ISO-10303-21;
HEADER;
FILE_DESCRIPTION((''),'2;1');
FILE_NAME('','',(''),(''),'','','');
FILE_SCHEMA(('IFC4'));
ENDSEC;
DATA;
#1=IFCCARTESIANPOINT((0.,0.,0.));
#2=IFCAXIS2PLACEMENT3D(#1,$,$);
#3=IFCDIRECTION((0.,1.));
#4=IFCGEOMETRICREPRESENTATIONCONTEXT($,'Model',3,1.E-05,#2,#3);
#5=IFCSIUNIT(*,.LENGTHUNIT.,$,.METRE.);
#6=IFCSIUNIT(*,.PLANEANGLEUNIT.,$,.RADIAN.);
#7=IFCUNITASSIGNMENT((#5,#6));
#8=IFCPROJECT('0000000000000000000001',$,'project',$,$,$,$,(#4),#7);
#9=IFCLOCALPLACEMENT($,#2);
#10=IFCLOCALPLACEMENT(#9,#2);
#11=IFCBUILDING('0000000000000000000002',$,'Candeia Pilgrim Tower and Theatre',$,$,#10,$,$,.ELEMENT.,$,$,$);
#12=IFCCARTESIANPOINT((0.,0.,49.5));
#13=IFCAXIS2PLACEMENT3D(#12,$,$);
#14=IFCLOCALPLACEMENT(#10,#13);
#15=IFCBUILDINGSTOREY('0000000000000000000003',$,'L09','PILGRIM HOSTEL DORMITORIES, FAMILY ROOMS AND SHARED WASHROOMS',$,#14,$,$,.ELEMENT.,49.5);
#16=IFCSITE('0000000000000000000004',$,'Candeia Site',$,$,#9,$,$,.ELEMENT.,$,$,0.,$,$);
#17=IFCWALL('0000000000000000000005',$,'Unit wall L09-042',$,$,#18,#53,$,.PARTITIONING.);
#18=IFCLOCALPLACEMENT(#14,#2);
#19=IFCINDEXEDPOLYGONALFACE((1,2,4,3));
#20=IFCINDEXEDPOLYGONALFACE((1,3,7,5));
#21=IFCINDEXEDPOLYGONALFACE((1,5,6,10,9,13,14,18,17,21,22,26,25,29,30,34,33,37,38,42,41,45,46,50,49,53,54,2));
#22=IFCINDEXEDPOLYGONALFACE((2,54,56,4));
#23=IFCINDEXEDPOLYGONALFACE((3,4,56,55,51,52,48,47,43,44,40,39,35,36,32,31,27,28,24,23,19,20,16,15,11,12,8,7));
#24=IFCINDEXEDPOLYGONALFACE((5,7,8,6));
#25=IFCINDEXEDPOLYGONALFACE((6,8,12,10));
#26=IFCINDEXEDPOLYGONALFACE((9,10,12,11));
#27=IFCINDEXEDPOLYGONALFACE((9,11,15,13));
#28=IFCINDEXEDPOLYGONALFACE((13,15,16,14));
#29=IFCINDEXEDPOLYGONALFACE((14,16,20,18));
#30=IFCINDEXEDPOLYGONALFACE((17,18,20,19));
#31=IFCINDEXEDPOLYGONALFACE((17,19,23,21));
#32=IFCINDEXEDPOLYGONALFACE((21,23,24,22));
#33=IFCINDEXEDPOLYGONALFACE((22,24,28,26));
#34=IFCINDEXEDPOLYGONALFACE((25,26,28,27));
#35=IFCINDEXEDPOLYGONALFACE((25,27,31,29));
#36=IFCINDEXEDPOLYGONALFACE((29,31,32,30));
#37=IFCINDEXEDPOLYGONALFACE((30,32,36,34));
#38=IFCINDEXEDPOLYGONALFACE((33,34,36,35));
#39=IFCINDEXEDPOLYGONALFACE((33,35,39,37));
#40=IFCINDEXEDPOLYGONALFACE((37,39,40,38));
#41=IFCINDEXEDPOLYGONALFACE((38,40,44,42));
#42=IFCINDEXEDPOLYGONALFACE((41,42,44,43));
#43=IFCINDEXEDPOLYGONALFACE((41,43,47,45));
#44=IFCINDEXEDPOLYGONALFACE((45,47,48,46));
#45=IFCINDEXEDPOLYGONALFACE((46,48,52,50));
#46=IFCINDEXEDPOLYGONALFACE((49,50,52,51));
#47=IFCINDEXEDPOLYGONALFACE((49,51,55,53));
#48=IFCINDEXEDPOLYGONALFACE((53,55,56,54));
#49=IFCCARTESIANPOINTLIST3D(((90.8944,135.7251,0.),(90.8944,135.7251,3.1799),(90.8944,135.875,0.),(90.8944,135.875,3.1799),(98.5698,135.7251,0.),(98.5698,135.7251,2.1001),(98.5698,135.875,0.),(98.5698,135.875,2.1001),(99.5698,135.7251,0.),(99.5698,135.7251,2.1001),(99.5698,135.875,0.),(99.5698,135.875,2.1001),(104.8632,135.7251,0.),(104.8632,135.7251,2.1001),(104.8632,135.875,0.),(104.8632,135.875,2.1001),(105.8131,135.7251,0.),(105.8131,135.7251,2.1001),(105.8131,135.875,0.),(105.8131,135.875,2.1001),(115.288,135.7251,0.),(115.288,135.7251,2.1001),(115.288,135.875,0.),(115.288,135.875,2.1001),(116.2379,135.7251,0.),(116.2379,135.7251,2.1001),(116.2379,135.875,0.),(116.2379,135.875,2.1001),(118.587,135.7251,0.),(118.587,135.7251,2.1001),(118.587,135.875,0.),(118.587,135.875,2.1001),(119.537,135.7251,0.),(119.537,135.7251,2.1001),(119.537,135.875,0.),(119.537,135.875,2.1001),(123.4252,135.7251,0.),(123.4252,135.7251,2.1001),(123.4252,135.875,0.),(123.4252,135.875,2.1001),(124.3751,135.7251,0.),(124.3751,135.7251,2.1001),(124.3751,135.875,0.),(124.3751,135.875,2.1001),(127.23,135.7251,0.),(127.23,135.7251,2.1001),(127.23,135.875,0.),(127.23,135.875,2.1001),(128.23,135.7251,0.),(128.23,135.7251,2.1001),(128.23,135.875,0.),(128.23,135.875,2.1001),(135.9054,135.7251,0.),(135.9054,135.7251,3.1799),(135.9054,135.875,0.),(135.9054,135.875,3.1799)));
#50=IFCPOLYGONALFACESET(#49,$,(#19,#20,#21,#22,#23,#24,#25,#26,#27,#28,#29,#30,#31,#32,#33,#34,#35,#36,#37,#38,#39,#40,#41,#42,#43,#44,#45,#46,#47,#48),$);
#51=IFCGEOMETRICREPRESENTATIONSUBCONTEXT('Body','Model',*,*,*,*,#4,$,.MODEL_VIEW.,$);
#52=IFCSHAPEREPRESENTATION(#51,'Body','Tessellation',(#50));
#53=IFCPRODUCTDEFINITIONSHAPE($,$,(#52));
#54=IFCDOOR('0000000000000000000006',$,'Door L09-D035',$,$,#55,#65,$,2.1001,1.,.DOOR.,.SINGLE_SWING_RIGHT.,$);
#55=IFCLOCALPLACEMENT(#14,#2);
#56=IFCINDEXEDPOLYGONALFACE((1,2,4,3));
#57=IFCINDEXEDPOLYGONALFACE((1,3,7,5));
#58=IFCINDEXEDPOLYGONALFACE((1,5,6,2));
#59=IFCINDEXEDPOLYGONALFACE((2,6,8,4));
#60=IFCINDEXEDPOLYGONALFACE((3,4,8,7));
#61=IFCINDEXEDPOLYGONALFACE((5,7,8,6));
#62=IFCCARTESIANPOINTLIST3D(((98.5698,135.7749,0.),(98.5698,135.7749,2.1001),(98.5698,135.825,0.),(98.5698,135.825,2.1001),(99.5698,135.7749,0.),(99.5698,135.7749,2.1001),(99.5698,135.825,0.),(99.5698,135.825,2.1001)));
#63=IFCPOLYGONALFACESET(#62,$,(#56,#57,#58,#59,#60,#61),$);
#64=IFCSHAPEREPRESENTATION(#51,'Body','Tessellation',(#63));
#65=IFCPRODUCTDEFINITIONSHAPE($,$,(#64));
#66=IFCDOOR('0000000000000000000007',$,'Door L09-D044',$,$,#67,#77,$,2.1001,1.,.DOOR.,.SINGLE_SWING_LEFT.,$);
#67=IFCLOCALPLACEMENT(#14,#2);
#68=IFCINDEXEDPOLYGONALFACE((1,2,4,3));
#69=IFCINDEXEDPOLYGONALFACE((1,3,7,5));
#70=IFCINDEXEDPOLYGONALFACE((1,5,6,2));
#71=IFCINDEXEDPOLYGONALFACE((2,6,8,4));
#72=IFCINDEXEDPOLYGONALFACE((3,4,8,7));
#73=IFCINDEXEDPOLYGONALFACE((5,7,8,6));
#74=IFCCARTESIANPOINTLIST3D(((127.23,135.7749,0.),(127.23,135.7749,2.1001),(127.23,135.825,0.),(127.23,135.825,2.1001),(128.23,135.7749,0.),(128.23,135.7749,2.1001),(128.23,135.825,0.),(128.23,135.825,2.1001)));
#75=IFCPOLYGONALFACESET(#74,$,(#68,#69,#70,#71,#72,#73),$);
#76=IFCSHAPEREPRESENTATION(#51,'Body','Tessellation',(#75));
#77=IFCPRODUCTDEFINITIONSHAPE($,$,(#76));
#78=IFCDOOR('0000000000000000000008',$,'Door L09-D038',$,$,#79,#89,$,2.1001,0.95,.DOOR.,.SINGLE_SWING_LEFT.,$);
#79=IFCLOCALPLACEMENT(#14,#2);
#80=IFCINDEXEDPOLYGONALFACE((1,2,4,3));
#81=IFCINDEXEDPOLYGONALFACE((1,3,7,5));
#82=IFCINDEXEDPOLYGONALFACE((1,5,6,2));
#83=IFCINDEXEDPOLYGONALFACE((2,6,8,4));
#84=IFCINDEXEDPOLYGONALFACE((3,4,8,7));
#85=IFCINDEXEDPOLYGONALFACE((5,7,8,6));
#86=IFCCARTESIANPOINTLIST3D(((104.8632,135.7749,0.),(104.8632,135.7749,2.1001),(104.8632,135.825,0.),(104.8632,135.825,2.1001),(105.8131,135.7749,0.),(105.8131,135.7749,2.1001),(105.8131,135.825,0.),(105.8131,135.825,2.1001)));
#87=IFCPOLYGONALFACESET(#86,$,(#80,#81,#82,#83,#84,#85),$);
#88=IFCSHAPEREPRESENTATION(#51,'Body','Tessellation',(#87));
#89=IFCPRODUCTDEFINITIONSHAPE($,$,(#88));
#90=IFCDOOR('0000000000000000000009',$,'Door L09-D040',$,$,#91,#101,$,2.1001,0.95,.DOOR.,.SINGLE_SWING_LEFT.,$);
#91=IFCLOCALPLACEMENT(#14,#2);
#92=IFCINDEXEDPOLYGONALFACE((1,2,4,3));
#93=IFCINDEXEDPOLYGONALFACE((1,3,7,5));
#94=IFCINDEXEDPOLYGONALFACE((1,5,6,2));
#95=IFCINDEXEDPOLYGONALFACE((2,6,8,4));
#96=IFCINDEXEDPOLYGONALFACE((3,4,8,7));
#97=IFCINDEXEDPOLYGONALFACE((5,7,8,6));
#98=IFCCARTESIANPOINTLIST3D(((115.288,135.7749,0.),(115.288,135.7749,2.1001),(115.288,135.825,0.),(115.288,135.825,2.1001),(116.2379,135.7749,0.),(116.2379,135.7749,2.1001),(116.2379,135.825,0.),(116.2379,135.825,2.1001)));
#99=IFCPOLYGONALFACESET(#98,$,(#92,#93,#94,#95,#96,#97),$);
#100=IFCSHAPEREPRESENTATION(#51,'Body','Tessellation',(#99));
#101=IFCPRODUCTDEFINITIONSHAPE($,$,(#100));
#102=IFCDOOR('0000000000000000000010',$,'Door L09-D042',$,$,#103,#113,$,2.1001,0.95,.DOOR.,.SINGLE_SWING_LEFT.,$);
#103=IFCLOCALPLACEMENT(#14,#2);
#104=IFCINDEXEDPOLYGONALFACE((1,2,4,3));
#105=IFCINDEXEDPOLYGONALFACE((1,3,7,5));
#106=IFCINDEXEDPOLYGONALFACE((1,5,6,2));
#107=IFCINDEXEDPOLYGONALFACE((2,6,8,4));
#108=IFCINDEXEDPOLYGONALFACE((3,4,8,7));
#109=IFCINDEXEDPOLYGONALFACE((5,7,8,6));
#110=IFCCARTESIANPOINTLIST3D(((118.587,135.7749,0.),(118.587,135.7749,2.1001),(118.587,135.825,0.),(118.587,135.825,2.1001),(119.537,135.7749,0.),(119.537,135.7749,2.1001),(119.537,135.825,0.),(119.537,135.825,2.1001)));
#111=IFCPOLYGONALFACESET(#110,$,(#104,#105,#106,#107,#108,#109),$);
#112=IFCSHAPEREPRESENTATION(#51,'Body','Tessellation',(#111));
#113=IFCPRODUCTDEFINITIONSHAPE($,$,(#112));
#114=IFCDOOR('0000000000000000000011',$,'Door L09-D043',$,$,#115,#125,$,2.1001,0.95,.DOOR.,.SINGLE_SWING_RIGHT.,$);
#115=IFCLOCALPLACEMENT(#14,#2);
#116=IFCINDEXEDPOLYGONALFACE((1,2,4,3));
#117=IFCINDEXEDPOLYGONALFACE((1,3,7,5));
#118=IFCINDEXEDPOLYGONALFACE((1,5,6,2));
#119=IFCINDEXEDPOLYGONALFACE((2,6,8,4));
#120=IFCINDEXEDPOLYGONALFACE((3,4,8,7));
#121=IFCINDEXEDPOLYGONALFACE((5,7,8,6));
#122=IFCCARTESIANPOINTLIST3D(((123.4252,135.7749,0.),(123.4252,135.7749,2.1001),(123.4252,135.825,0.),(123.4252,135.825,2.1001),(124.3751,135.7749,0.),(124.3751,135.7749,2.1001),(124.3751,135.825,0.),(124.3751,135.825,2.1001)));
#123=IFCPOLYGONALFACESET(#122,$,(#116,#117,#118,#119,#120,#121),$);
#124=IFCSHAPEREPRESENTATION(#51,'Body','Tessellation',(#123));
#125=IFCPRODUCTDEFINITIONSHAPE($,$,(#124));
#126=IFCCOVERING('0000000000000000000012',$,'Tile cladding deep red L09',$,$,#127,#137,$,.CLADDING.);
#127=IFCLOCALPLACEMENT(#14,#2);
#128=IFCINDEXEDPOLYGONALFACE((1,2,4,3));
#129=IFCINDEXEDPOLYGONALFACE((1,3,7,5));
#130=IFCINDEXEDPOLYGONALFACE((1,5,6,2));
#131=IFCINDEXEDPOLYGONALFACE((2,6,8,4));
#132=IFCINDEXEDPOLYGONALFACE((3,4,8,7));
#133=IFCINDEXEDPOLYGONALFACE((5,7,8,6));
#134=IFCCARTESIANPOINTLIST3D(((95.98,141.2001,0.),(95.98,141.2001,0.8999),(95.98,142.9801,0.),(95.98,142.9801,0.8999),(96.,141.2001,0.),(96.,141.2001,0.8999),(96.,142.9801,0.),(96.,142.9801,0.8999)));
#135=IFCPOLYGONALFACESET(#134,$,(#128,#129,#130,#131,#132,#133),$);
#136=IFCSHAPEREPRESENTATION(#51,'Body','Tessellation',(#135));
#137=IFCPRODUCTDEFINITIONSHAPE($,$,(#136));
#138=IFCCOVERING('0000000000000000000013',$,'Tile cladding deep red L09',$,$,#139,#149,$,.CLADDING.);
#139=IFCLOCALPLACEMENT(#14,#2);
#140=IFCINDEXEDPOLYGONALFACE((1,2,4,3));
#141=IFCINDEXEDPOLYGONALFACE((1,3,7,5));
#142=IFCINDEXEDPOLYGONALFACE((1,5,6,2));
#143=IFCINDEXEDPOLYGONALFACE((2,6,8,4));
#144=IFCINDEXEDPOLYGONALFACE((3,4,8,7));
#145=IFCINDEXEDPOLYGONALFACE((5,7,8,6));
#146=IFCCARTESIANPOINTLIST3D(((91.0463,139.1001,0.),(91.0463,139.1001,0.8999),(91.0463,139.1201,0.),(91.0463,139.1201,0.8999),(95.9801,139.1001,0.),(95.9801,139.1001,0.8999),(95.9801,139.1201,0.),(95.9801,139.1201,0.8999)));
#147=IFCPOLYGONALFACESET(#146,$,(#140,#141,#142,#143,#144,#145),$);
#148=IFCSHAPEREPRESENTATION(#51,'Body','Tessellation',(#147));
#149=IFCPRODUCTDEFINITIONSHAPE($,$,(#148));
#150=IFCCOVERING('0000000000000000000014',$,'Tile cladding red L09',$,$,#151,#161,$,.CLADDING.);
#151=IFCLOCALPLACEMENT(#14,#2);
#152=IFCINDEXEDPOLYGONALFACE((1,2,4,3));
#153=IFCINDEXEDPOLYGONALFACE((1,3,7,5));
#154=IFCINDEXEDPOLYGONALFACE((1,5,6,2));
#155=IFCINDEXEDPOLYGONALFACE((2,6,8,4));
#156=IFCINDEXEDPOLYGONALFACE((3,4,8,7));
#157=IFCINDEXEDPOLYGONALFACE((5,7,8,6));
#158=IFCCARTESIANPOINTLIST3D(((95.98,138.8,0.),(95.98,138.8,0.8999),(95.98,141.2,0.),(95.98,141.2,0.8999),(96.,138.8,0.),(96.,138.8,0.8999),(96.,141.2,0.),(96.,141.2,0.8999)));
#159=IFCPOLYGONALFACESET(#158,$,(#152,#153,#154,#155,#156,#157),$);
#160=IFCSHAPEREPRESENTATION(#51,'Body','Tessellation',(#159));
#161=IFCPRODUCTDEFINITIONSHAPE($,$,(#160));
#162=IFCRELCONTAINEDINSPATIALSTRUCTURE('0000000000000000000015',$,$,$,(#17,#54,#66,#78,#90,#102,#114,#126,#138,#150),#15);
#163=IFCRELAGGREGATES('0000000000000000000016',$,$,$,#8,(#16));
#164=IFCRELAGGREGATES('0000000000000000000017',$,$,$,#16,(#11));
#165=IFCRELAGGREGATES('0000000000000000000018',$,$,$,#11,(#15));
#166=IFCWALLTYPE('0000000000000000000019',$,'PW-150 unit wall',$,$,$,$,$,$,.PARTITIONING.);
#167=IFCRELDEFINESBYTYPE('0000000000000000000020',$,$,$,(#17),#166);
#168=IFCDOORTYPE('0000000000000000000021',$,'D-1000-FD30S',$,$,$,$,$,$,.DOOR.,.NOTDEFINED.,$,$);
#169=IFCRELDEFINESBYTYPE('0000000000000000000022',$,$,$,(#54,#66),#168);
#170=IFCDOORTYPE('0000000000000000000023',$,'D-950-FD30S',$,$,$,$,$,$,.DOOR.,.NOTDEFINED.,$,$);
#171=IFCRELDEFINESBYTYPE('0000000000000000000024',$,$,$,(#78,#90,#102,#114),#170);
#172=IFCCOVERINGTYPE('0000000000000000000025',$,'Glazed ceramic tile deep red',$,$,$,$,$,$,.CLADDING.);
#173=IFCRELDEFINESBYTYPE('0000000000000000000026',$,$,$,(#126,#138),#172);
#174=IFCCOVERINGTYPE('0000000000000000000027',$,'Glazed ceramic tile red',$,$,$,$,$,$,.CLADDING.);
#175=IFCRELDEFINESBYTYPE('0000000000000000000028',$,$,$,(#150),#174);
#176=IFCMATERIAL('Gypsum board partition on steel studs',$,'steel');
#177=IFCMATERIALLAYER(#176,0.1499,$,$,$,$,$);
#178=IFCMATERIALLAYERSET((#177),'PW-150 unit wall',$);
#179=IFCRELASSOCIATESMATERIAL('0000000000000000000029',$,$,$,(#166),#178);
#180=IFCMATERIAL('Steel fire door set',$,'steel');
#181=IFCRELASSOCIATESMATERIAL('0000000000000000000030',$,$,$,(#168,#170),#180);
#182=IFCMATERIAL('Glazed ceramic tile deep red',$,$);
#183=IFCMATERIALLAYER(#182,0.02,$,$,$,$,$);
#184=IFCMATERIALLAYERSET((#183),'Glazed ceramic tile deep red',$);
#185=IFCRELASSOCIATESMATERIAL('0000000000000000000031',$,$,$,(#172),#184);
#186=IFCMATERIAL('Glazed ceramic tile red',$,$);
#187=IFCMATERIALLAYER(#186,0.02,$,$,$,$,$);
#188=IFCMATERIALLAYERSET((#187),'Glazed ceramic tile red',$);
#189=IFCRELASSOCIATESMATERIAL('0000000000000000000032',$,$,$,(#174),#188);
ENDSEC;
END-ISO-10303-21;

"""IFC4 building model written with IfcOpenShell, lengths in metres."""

from ifc_helpers import new_model, si_unit, direction, frame, frame_2d, origin, origin_2d, place, context, subcontext, project, spatial, rectangle, extrude, material, layer, layer_set, type_object, element, fill, save


model = new_model("IFC4")

# Units and contexts
model_context = context("Model", 3, precision=1e-05, world=origin(), true_north=direction((0.0, 1.0)))
body_context = subcontext(model_context, "Body", "Model", "MODEL_VIEW")
ifc_project = project(units=[si_unit("LENGTHUNIT", "METRE"), si_unit("PLANEANGLEUNIT", "RADIAN")], contexts=[model_context])

# Site, building, storey
site_placement = place(None, origin())
site = spatial("IfcSite", under=ifc_project, at=site_placement, Name="Candeia Site", CompositionType="ELEMENT", RefElevation=0.0)
building_placement = place(site_placement, origin())
building = spatial("IfcBuilding", under=site, at=building_placement, Name="Candeia Pilgrim Tower and Theatre", CompositionType="ELEMENT")
storey_placement = place(building_placement, frame((0.0, 0.0, 49.5)))
storey = spatial("IfcBuildingStorey", under=building, at=storey_placement, Name="L09", Description="PILGRIM HOSTEL DORMITORIES, FAMILY ROOMS AND SHARED WASHROOMS", CompositionType="ELEMENT", Elevation=49.5)

# Shared definitions
ifc_material_1 = material(Name="Gypsum board partition on steel studs", Category="steel")

# Wall, openings, doors
ifc_layer_1 = layer(ifc_material_1, 0.1499)
ifc_layer_set_1 = layer_set([ifc_layer_1], Name="PW-150 unit wall")
wall_type_1 = type_object("IfcWallType", Name="PW-150 unit wall", PredefinedType="PARTITIONING", material=ifc_layer_set_1)
wall_1_placement = place(storey_placement, frame((90.8945, 135.8, 0.0), z_axis=(0.0, 0.0, 1.0), x_axis=(1.0, 0.0, 0.0)))
wall_1 = element("IfcWall", 1, at=wall_1_placement, inside=storey, type_object=wall_type_1, Name="Unit wall L09-042", PredefinedType="PARTITIONING", context=body_context, shape_type="SweptSolid", body=[
    extrude(rectangle(XDim=45.011, YDim=0.1499, at=frame_2d((22.5054, 0.0))), origin(), (0.0, 0.0, 1.0), 3.1799),
])
opening_1_placement = place(wall_1_placement, frame((7.6753, 0.0, 0.0)))
opening_1 = element("IfcOpeningElement", 2, at=opening_1_placement, cuts=wall_1, PredefinedType="OPENING", context=body_context, shape_type="SweptSolid", body=[
    extrude(rectangle(XDim=1.0, YDim=2.1001, at=frame_2d((0.5, 1.05))), frame((0.0, 0.085, 0.0), z_axis=(0.0, -1.0, 0.0), x_axis=(1.0, 0.0, 0.0)), (0.0, 0.0, 1.0), 0.1699),
])
opening_2_placement = place(wall_1_placement, frame((13.9685, 0.0, 0.0)))
opening_2 = element("IfcOpeningElement", 3, at=opening_2_placement, cuts=wall_1, PredefinedType="OPENING", context=body_context, shape_type="SweptSolid", body=[
    extrude(rectangle(XDim=0.95, YDim=2.1001, at=frame_2d((0.4751, 1.05))), frame((0.0, 0.085, 0.0), z_axis=(0.0, -1.0, 0.0), x_axis=(1.0, 0.0, 0.0)), (0.0, 0.0, 1.0), 0.1699),
])
opening_3_placement = place(wall_1_placement, frame((24.3933, 0.0, 0.0)))
opening_3 = element("IfcOpeningElement", 4, at=opening_3_placement, cuts=wall_1, PredefinedType="OPENING", context=body_context, shape_type="SweptSolid", body=[
    extrude(rectangle(XDim=0.95, YDim=2.1001, at=frame_2d((0.4751, 1.05))), frame((0.0, 0.085, 0.0), z_axis=(0.0, -1.0, 0.0), x_axis=(1.0, 0.0, 0.0)), (0.0, 0.0, 1.0), 0.1699),
])
opening_4_placement = place(wall_1_placement, frame((27.6924, 0.0, 0.0)))
opening_4 = element("IfcOpeningElement", 5, at=opening_4_placement, cuts=wall_1, PredefinedType="OPENING", context=body_context, shape_type="SweptSolid", body=[
    extrude(rectangle(XDim=0.95, YDim=2.1001, at=frame_2d((0.4751, 1.05))), frame((0.0, 0.085, 0.0), z_axis=(0.0, -1.0, 0.0), x_axis=(1.0, 0.0, 0.0)), (0.0, 0.0, 1.0), 0.1699),
])
opening_5_placement = place(wall_1_placement, frame((32.5305, 0.0, 0.0)))
opening_5 = element("IfcOpeningElement", 6, at=opening_5_placement, cuts=wall_1, PredefinedType="OPENING", context=body_context, shape_type="SweptSolid", body=[
    extrude(rectangle(XDim=0.95, YDim=2.1001, at=frame_2d((0.4751, 1.05))), frame((0.0, 0.085, 0.0), z_axis=(0.0, -1.0, 0.0), x_axis=(1.0, 0.0, 0.0)), (0.0, 0.0, 1.0), 0.1699),
])
opening_6_placement = place(wall_1_placement, frame((36.3354, 0.0, 0.0)))
opening_6 = element("IfcOpeningElement", 7, at=opening_6_placement, cuts=wall_1, PredefinedType="OPENING", context=body_context, shape_type="SweptSolid", body=[
    extrude(rectangle(XDim=1.0, YDim=2.1001, at=frame_2d((0.5, 1.05))), frame((0.0, 0.085, 0.0), z_axis=(0.0, -1.0, 0.0), x_axis=(1.0, 0.0, 0.0)), (0.0, 0.0, 1.0), 0.1699),
])
ifc_material_2 = material(Name="Steel fire door set", Category="steel")
door_type_1 = type_object("IfcDoorType", Name="D-1000-FD30S", OperationType="NOTDEFINED", PredefinedType="DOOR", material=ifc_material_2)
door_1_placement = place(opening_1_placement, origin())
door_1 = element("IfcDoor", 8, at=door_1_placement, inside=storey, type_object=door_type_1, Name="Door L09-D035", OperationType="SINGLE_SWING_RIGHT", OverallHeight=2.1001, OverallWidth=1.0, PredefinedType="DOOR", context=body_context, shape_type="SweptSolid", body=[
    extrude(rectangle(XDim=1.0, YDim=2.1001, at=frame_2d((0.5, 1.05))), frame((0.0, 0.0249, 0.0), z_axis=(0.0, -1.0, 0.0), x_axis=(1.0, 0.0, 0.0)), (0.0, 0.0, 1.0), 0.05),
])
fill(opening_1, door_1)
door_2_placement = place(opening_6_placement, origin())
door_2 = element("IfcDoor", 9, at=door_2_placement, inside=storey, type_object=door_type_1, Name="Door L09-D044", OperationType="SINGLE_SWING_LEFT", OverallHeight=2.1001, OverallWidth=1.0, PredefinedType="DOOR", context=body_context, shape_type="SweptSolid", body=[
    extrude(rectangle(XDim=1.0, YDim=2.1001, at=frame_2d((0.5, 1.05))), frame((0.0, 0.0249, 0.0), z_axis=(0.0, -1.0, 0.0), x_axis=(1.0, 0.0, 0.0)), (0.0, 0.0, 1.0), 0.05),
])
fill(opening_6, door_2)
door_type_2 = type_object("IfcDoorType", Name="D-950-FD30S", OperationType="NOTDEFINED", PredefinedType="DOOR", material=ifc_material_2)
door_3_placement = place(opening_2_placement, origin())
door_3 = element("IfcDoor", 10, at=door_3_placement, inside=storey, type_object=door_type_2, Name="Door L09-D038", OperationType="SINGLE_SWING_LEFT", OverallHeight=2.1001, OverallWidth=0.95, PredefinedType="DOOR", context=body_context, shape_type="SweptSolid", body=[
    extrude(rectangle(XDim=0.95, YDim=2.1001, at=frame_2d((0.4751, 1.05))), frame((0.0, 0.0249, 0.0), z_axis=(0.0, -1.0, 0.0), x_axis=(1.0, 0.0, 0.0)), (0.0, 0.0, 1.0), 0.05),
])
fill(opening_2, door_3)
door_4_placement = place(opening_3_placement, origin())
door_4 = element("IfcDoor", 11, at=door_4_placement, inside=storey, type_object=door_type_2, Name="Door L09-D040", OperationType="SINGLE_SWING_LEFT", OverallHeight=2.1001, OverallWidth=0.95, PredefinedType="DOOR", context=body_context, shape_type="SweptSolid", body=[
    extrude(rectangle(XDim=0.95, YDim=2.1001, at=frame_2d((0.4751, 1.05))), frame((0.0, 0.0249, 0.0), z_axis=(0.0, -1.0, 0.0), x_axis=(1.0, 0.0, 0.0)), (0.0, 0.0, 1.0), 0.05),
])
fill(opening_3, door_4)
door_5_placement = place(opening_4_placement, origin())
door_5 = element("IfcDoor", 12, at=door_5_placement, inside=storey, type_object=door_type_2, Name="Door L09-D042", OperationType="SINGLE_SWING_LEFT", OverallHeight=2.1001, OverallWidth=0.95, PredefinedType="DOOR", context=body_context, shape_type="SweptSolid", body=[
    extrude(rectangle(XDim=0.95, YDim=2.1001, at=frame_2d((0.4751, 1.05))), frame((0.0, 0.0249, 0.0), z_axis=(0.0, -1.0, 0.0), x_axis=(1.0, 0.0, 0.0)), (0.0, 0.0, 1.0), 0.05),
])
fill(opening_4, door_5)
door_6_placement = place(opening_5_placement, origin())
door_6 = element("IfcDoor", 13, at=door_6_placement, inside=storey, type_object=door_type_2, Name="Door L09-D043", OperationType="SINGLE_SWING_RIGHT", OverallHeight=2.1001, OverallWidth=0.95, PredefinedType="DOOR", context=body_context, shape_type="SweptSolid", body=[
    extrude(rectangle(XDim=0.95, YDim=2.1001, at=frame_2d((0.4751, 1.05))), frame((0.0, 0.0249, 0.0), z_axis=(0.0, -1.0, 0.0), x_axis=(1.0, 0.0, 0.0)), (0.0, 0.0, 1.0), 0.05),
])
fill(opening_5, door_6)

# Coverings
ifc_material_3 = material(Name="Glazed ceramic tile deep red")
ifc_layer_2 = layer(ifc_material_3, 0.02)
ifc_layer_set_2 = layer_set([ifc_layer_2], Name="Glazed ceramic tile deep red")
covering_type_1 = type_object("IfcCoveringType", Name="Glazed ceramic tile deep red", PredefinedType="CLADDING", material=ifc_layer_set_2)
covering_1_placement = place(storey_placement, frame((95.99, 142.0901, 0.0), z_axis=(0.0, 0.0, 1.0), x_axis=(0.0, -1.0, 0.0)))
element("IfcCovering", 14, at=covering_1_placement, inside=storey, type_object=covering_type_1, Name="Tile cladding deep red L09", PredefinedType="CLADDING", context=body_context, shape_type="SweptSolid", body=[
    extrude(rectangle(XDim=1.78, YDim=0.02, at=origin_2d()), origin(), (0.0, 0.0, 1.0), 0.8999),
])
covering_2_placement = place(storey_placement, frame((93.5132, 139.1101, 0.0), z_axis=(0.0, 0.0, 1.0), x_axis=(-1.0, 0.0, 0.0)))
element("IfcCovering", 15, at=covering_2_placement, inside=storey, type_object=covering_type_1, Name="Tile cladding deep red L09", PredefinedType="CLADDING", context=body_context, shape_type="SweptSolid", body=[
    extrude(rectangle(XDim=4.9338, YDim=0.02, at=origin_2d()), origin(), (0.0, 0.0, 1.0), 0.8999),
])
ifc_material_4 = material(Name="Glazed ceramic tile red")
ifc_layer_3 = layer(ifc_material_4, 0.02)
ifc_layer_set_3 = layer_set([ifc_layer_3], Name="Glazed ceramic tile red")
covering_type_2 = type_object("IfcCoveringType", Name="Glazed ceramic tile red", PredefinedType="CLADDING", material=ifc_layer_set_3)
covering_3_placement = place(storey_placement, frame((95.99, 140.0, 0.0), z_axis=(0.0, 0.0, 1.0), x_axis=(0.0, -1.0, 0.0)))
element("IfcCovering", 16, at=covering_3_placement, inside=storey, type_object=covering_type_2, Name="Tile cladding red L09", PredefinedType="CLADDING", context=body_context, shape_type="SweptSolid", body=[
    extrude(rectangle(XDim=2.3999, YDim=0.02, at=origin_2d()), origin(), (0.0, 0.0, 1.0), 0.8999),
])

save(model, "model.ifc")
